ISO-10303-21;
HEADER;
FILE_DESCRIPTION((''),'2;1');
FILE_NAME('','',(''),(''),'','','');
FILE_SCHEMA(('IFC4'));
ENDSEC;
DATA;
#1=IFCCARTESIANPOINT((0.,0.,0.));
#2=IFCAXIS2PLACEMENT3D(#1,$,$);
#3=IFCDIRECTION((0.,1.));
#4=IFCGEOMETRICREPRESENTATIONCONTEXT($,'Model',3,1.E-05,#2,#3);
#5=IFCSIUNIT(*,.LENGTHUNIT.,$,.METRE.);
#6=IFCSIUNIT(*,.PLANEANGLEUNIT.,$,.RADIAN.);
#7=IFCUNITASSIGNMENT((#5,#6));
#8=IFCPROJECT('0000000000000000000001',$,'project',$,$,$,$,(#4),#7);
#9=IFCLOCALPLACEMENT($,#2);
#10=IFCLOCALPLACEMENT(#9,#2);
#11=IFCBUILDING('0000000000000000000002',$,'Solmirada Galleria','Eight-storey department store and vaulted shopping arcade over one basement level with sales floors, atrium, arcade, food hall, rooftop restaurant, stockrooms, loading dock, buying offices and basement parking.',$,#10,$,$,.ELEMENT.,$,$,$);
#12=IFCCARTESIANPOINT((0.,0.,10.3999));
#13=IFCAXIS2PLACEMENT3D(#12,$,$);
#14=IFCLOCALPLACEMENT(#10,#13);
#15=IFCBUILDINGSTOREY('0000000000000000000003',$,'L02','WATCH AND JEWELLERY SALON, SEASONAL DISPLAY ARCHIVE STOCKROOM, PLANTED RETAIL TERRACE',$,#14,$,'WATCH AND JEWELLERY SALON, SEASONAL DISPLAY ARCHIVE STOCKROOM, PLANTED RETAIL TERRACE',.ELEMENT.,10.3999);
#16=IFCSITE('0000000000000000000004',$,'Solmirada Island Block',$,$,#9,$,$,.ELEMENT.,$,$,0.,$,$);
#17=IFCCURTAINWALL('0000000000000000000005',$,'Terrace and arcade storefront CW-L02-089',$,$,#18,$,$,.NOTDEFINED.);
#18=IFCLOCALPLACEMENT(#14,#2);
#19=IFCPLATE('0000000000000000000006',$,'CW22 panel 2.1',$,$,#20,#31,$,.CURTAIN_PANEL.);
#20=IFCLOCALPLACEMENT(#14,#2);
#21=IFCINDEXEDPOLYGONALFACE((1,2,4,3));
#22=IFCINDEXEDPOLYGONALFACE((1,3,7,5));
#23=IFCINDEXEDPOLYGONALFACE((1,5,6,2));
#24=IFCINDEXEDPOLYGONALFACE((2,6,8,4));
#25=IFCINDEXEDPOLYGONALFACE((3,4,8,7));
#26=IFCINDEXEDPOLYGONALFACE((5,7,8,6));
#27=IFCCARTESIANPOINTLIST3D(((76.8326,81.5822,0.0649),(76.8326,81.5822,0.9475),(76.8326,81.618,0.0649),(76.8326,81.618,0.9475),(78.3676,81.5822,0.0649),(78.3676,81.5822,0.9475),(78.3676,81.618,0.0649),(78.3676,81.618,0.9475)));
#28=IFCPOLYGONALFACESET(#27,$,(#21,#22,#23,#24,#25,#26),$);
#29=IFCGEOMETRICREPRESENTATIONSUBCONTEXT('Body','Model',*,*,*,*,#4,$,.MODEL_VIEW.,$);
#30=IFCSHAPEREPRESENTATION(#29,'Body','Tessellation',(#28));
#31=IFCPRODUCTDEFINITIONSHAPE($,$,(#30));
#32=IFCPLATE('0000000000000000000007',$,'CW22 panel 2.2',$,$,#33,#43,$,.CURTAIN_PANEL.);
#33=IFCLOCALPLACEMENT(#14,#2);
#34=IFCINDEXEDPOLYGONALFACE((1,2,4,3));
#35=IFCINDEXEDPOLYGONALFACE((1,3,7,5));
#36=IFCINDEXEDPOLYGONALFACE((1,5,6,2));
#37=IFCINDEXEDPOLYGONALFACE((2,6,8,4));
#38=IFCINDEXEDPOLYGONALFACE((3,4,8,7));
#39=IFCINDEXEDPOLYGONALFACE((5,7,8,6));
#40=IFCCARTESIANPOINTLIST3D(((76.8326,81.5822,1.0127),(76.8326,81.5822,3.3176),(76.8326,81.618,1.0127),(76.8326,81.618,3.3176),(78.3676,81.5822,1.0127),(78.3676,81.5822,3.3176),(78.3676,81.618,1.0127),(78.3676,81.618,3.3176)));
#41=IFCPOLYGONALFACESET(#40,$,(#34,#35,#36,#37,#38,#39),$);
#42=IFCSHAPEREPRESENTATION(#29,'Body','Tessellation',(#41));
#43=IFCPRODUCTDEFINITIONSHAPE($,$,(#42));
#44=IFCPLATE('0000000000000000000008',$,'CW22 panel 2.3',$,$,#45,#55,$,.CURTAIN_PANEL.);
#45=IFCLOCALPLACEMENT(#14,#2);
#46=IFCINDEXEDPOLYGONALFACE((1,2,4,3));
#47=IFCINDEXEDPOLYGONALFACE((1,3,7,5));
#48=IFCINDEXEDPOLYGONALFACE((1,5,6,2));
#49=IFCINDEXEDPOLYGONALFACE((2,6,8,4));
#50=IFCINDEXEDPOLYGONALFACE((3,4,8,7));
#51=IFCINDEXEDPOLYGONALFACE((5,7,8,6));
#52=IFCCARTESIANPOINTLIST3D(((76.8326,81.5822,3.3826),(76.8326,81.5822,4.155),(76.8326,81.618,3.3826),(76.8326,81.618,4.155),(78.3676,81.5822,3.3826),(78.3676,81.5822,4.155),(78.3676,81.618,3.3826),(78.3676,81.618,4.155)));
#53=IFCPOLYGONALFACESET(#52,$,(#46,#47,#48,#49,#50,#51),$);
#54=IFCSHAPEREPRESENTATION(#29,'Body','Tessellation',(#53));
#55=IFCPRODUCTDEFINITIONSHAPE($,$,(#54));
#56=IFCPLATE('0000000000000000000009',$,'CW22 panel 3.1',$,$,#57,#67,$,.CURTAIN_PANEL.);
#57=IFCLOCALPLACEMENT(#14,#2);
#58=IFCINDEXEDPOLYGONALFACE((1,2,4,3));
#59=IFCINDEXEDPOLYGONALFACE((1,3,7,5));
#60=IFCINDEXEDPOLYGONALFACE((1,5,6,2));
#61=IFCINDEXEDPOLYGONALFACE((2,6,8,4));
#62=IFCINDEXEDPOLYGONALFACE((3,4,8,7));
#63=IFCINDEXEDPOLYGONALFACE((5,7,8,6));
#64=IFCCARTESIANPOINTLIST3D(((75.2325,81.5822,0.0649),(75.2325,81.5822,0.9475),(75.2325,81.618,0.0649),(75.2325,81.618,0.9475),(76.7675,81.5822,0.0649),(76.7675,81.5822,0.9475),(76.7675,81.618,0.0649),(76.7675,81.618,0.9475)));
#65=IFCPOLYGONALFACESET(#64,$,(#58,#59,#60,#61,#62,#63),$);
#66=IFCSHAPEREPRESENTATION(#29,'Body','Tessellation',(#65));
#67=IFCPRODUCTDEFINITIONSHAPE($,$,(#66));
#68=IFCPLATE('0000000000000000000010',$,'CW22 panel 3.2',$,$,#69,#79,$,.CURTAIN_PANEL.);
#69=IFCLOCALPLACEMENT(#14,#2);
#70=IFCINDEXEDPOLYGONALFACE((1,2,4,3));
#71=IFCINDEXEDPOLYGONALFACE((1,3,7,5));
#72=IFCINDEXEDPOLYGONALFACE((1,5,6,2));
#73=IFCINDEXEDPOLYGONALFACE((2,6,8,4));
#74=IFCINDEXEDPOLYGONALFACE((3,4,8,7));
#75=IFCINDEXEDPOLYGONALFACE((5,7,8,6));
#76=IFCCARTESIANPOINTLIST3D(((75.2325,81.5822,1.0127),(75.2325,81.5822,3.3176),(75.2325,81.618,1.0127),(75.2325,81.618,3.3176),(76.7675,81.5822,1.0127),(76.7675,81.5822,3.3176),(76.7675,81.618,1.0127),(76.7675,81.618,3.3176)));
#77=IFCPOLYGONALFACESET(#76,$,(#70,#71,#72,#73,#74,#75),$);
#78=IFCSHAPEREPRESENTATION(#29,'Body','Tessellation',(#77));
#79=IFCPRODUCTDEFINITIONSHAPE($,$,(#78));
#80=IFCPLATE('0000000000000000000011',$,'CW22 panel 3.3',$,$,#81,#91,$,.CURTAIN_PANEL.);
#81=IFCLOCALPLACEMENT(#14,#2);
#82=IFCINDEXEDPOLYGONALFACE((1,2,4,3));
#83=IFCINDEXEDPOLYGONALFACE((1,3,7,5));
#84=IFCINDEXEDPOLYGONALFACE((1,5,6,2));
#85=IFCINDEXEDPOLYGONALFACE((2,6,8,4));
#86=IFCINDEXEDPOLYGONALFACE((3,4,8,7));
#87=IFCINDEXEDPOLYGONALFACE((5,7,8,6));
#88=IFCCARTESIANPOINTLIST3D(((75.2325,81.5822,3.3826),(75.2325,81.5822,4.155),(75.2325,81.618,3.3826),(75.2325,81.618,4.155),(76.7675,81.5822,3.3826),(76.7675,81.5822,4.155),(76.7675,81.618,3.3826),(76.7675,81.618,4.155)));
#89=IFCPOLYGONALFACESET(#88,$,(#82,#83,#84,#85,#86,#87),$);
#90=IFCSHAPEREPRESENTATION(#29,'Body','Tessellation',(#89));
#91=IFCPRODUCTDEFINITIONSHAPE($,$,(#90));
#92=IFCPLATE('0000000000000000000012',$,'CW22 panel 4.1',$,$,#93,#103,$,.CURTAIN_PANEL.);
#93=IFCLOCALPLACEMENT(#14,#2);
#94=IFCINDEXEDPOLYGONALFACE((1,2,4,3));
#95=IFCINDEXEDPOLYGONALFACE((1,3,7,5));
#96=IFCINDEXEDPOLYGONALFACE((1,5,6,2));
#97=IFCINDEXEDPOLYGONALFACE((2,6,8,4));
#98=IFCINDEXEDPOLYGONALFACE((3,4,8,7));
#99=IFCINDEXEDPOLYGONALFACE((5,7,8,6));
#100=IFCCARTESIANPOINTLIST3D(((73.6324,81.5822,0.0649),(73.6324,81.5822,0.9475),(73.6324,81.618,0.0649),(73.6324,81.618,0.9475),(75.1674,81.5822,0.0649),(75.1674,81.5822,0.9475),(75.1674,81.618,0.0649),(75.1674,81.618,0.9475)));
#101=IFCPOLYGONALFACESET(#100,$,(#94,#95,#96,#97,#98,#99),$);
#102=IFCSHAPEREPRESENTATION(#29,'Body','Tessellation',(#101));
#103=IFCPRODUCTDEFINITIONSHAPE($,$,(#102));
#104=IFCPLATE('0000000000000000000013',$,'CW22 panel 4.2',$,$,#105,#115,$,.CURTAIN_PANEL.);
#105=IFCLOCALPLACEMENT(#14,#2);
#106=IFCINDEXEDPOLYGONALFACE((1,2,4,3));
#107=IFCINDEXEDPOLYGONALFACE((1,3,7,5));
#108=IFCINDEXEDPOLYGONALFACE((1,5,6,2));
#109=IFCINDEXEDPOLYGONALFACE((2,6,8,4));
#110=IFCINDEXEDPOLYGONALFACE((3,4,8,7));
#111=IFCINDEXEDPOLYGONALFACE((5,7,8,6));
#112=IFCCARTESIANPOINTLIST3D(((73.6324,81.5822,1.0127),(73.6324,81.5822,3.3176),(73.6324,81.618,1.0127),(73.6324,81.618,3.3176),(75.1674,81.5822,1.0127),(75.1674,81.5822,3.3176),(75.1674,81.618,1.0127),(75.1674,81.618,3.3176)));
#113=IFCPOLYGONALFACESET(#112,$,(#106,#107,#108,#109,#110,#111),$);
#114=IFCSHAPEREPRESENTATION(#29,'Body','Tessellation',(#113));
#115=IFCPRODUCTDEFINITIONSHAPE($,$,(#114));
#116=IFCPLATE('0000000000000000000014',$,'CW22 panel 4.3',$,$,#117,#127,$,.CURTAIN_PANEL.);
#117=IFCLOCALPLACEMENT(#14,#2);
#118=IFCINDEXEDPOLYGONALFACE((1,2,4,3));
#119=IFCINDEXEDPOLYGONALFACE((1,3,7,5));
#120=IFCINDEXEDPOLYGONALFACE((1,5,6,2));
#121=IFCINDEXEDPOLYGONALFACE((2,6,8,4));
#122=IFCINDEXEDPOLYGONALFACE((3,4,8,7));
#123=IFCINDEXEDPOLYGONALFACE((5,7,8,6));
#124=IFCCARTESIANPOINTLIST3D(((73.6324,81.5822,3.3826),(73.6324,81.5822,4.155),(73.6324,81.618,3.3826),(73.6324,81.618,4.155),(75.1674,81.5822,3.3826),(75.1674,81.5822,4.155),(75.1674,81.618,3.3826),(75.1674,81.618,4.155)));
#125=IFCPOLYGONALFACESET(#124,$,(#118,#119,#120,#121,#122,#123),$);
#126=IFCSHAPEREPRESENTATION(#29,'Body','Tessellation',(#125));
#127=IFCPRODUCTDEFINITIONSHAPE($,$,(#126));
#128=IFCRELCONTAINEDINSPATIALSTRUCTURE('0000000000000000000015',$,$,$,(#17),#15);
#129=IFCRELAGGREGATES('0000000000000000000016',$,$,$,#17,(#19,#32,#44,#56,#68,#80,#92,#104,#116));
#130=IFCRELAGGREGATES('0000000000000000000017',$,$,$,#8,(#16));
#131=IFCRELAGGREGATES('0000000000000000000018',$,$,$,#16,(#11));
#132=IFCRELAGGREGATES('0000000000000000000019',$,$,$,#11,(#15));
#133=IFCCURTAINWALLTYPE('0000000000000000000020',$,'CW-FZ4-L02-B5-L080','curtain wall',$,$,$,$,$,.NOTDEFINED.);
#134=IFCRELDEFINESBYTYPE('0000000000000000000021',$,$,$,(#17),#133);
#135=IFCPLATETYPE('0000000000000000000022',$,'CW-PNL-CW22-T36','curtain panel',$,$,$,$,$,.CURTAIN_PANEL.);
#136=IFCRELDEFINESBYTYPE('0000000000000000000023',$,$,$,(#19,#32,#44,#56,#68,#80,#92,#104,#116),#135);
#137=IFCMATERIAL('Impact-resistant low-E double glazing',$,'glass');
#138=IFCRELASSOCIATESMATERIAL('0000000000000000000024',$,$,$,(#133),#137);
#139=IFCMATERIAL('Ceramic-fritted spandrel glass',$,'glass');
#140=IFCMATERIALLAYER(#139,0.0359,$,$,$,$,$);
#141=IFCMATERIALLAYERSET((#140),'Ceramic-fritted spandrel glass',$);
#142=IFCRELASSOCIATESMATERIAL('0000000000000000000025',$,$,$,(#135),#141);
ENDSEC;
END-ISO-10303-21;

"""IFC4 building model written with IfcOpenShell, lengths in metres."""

from ifc_helpers import new_model, si_unit, direction, frame, origin, origin_2d, place, context, subcontext, project, spatial, rectangle, extrude, material, layer, layer_set, type_object, element, aggregate, save


model = new_model("IFC4")

# Units and contexts
model_context = context("Model", 3, precision=1e-05, world=origin(), true_north=direction((0.0, 1.0)))
body_context = subcontext(model_context, "Body", "Model", "MODEL_VIEW")
ifc_project = project(units=[si_unit("LENGTHUNIT", "METRE"), si_unit("PLANEANGLEUNIT", "RADIAN")], contexts=[model_context])

# Site, building, storey
site_placement = place(None, origin())
site = spatial("IfcSite", under=ifc_project, at=site_placement, Name="Solmirada Island Block", CompositionType="ELEMENT", RefElevation=0.0)
building_placement = place(site_placement, origin())
building = spatial("IfcBuilding", under=site, at=building_placement, Name="Solmirada Galleria", Description="Eight-storey department store and vaulted shopping arcade over one basement level with sales floors, atrium, arcade, food hall, rooftop restaurant, stockrooms, loading dock, buying offices and basement parking.", CompositionType="ELEMENT")
storey_placement = place(building_placement, frame((0.0, 0.0, 10.3999)))
storey = spatial("IfcBuildingStorey", under=building, at=storey_placement, Name="L02", Description="WATCH AND JEWELLERY SALON, SEASONAL DISPLAY ARCHIVE STOCKROOM, PLANTED RETAIL TERRACE", LongName="WATCH AND JEWELLERY SALON, SEASONAL DISPLAY ARCHIVE STOCKROOM, PLANTED RETAIL TERRACE", CompositionType="ELEMENT", Elevation=10.3999)

# Shared definitions
ifc_material_1 = material(Name="Impact-resistant low-E double glazing", Category="glass")
curtain_wall_type = type_object("IfcCurtainWallType", Name="CW-FZ4-L02-B5-L080", Description="curtain wall", PredefinedType="NOTDEFINED", material=ifc_material_1)

# Curtain wall
curtain_wall_1_placement = place(storey_placement, origin())
curtain_wall_1 = element("IfcCurtainWall", 1, at=curtain_wall_1_placement, inside=storey, type_object=curtain_wall_type, Name="Terrace and arcade storefront CW-L02-089", PredefinedType="NOTDEFINED")

# Plates
ifc_material_2 = material(Name="Ceramic-fritted spandrel glass", Category="glass")
ifc_layer = layer(ifc_material_2, 0.0359)
ifc_layer_set = layer_set([ifc_layer], Name="Ceramic-fritted spandrel glass")
plate_type = type_object("IfcPlateType", Name="CW-PNL-CW22-T36", Description="curtain panel", PredefinedType="CURTAIN_PANEL", material=ifc_layer_set)
plate_1_placement = place(storey_placement, frame((77.6001, 81.6001, 0.0649), z_axis=(0.0, 0.0, 1.0), x_axis=(-1.0, 0.0, 0.0)))
plate_1 = element("IfcPlate", 2, at=plate_1_placement, type_object=plate_type, Name="CW22 panel 2.1", PredefinedType="CURTAIN_PANEL", context=body_context, shape_type="SweptSolid", body=[
    extrude(rectangle(XDim=1.5349, YDim=0.0359, at=origin_2d()), origin(), (0.0, 0.0, 1.0), 0.8826),
])
plate_2_placement = place(storey_placement, frame((77.6001, 81.6001, 1.0127), z_axis=(0.0, 0.0, 1.0), x_axis=(-1.0, 0.0, 0.0)))
plate_2 = element("IfcPlate", 3, at=plate_2_placement, type_object=plate_type, Name="CW22 panel 2.2", PredefinedType="CURTAIN_PANEL", context=body_context, shape_type="SweptSolid", body=[
    extrude(rectangle(XDim=1.5349, YDim=0.0359, at=origin_2d()), origin(), (0.0, 0.0, 1.0), 2.3049),
])
plate_3_placement = place(storey_placement, frame((77.6001, 81.6001, 3.3826), z_axis=(0.0, 0.0, 1.0), x_axis=(-1.0, 0.0, 0.0)))
plate_3 = element("IfcPlate", 4, at=plate_3_placement, type_object=plate_type, Name="CW22 panel 2.3", PredefinedType="CURTAIN_PANEL", context=body_context, shape_type="SweptSolid", body=[
    extrude(rectangle(XDim=1.5349, YDim=0.0359, at=origin_2d()), origin(), (0.0, 0.0, 1.0), 0.7725),
])
plate_4_placement = place(storey_placement, frame((76.0, 81.6001, 0.0649), z_axis=(0.0, 0.0, 1.0), x_axis=(-1.0, 0.0, 0.0)))
plate_4 = element("IfcPlate", 5, at=plate_4_placement, type_object=plate_type, Name="CW22 panel 3.1", PredefinedType="CURTAIN_PANEL", context=body_context, shape_type="SweptSolid", body=[
    extrude(rectangle(XDim=1.5349, YDim=0.0359, at=origin_2d()), origin(), (0.0, 0.0, 1.0), 0.8826),
])
plate_5_placement = place(storey_placement, frame((76.0, 81.6001, 1.0127), z_axis=(0.0, 0.0, 1.0), x_axis=(-1.0, 0.0, 0.0)))
plate_5 = element("IfcPlate", 6, at=plate_5_placement, type_object=plate_type, Name="CW22 panel 3.2", PredefinedType="CURTAIN_PANEL", context=body_context, shape_type="SweptSolid", body=[
    extrude(rectangle(XDim=1.5349, YDim=0.0359, at=origin_2d()), origin(), (0.0, 0.0, 1.0), 2.3049),
])
plate_6_placement = place(storey_placement, frame((76.0, 81.6001, 3.3826), z_axis=(0.0, 0.0, 1.0), x_axis=(-1.0, 0.0, 0.0)))
plate_6 = element("IfcPlate", 7, at=plate_6_placement, type_object=plate_type, Name="CW22 panel 3.3", PredefinedType="CURTAIN_PANEL", context=body_context, shape_type="SweptSolid", body=[
    extrude(rectangle(XDim=1.5349, YDim=0.0359, at=origin_2d()), origin(), (0.0, 0.0, 1.0), 0.7725),
])
plate_7_placement = place(storey_placement, frame((74.3999, 81.6001, 0.0649), z_axis=(0.0, 0.0, 1.0), x_axis=(-1.0, 0.0, 0.0)))
plate_7 = element("IfcPlate", 8, at=plate_7_placement, type_object=plate_type, Name="CW22 panel 4.1", PredefinedType="CURTAIN_PANEL", context=body_context, shape_type="SweptSolid", body=[
    extrude(rectangle(XDim=1.5349, YDim=0.0359, at=origin_2d()), origin(), (0.0, 0.0, 1.0), 0.8826),
])
plate_8_placement = place(storey_placement, frame((74.3999, 81.6001, 1.0127), z_axis=(0.0, 0.0, 1.0), x_axis=(-1.0, 0.0, 0.0)))
plate_8 = element("IfcPlate", 9, at=plate_8_placement, type_object=plate_type, Name="CW22 panel 4.2", PredefinedType="CURTAIN_PANEL", context=body_context, shape_type="SweptSolid", body=[
    extrude(rectangle(XDim=1.5349, YDim=0.0359, at=origin_2d()), origin(), (0.0, 0.0, 1.0), 2.3049),
])
plate_9_placement = place(storey_placement, frame((74.3999, 81.6001, 3.3826), z_axis=(0.0, 0.0, 1.0), x_axis=(-1.0, 0.0, 0.0)))
plate_9 = element("IfcPlate", 10, at=plate_9_placement, type_object=plate_type, Name="CW22 panel 4.3", PredefinedType="CURTAIN_PANEL", context=body_context, shape_type="SweptSolid", body=[
    extrude(rectangle(XDim=1.5349, YDim=0.0359, at=origin_2d()), origin(), (0.0, 0.0, 1.0), 0.7725),
])
aggregate(curtain_wall_1, [plate_1, plate_2, plate_3, plate_4, plate_5, plate_6, plate_7, plate_8, plate_9])

save(model, "model.ifc")
